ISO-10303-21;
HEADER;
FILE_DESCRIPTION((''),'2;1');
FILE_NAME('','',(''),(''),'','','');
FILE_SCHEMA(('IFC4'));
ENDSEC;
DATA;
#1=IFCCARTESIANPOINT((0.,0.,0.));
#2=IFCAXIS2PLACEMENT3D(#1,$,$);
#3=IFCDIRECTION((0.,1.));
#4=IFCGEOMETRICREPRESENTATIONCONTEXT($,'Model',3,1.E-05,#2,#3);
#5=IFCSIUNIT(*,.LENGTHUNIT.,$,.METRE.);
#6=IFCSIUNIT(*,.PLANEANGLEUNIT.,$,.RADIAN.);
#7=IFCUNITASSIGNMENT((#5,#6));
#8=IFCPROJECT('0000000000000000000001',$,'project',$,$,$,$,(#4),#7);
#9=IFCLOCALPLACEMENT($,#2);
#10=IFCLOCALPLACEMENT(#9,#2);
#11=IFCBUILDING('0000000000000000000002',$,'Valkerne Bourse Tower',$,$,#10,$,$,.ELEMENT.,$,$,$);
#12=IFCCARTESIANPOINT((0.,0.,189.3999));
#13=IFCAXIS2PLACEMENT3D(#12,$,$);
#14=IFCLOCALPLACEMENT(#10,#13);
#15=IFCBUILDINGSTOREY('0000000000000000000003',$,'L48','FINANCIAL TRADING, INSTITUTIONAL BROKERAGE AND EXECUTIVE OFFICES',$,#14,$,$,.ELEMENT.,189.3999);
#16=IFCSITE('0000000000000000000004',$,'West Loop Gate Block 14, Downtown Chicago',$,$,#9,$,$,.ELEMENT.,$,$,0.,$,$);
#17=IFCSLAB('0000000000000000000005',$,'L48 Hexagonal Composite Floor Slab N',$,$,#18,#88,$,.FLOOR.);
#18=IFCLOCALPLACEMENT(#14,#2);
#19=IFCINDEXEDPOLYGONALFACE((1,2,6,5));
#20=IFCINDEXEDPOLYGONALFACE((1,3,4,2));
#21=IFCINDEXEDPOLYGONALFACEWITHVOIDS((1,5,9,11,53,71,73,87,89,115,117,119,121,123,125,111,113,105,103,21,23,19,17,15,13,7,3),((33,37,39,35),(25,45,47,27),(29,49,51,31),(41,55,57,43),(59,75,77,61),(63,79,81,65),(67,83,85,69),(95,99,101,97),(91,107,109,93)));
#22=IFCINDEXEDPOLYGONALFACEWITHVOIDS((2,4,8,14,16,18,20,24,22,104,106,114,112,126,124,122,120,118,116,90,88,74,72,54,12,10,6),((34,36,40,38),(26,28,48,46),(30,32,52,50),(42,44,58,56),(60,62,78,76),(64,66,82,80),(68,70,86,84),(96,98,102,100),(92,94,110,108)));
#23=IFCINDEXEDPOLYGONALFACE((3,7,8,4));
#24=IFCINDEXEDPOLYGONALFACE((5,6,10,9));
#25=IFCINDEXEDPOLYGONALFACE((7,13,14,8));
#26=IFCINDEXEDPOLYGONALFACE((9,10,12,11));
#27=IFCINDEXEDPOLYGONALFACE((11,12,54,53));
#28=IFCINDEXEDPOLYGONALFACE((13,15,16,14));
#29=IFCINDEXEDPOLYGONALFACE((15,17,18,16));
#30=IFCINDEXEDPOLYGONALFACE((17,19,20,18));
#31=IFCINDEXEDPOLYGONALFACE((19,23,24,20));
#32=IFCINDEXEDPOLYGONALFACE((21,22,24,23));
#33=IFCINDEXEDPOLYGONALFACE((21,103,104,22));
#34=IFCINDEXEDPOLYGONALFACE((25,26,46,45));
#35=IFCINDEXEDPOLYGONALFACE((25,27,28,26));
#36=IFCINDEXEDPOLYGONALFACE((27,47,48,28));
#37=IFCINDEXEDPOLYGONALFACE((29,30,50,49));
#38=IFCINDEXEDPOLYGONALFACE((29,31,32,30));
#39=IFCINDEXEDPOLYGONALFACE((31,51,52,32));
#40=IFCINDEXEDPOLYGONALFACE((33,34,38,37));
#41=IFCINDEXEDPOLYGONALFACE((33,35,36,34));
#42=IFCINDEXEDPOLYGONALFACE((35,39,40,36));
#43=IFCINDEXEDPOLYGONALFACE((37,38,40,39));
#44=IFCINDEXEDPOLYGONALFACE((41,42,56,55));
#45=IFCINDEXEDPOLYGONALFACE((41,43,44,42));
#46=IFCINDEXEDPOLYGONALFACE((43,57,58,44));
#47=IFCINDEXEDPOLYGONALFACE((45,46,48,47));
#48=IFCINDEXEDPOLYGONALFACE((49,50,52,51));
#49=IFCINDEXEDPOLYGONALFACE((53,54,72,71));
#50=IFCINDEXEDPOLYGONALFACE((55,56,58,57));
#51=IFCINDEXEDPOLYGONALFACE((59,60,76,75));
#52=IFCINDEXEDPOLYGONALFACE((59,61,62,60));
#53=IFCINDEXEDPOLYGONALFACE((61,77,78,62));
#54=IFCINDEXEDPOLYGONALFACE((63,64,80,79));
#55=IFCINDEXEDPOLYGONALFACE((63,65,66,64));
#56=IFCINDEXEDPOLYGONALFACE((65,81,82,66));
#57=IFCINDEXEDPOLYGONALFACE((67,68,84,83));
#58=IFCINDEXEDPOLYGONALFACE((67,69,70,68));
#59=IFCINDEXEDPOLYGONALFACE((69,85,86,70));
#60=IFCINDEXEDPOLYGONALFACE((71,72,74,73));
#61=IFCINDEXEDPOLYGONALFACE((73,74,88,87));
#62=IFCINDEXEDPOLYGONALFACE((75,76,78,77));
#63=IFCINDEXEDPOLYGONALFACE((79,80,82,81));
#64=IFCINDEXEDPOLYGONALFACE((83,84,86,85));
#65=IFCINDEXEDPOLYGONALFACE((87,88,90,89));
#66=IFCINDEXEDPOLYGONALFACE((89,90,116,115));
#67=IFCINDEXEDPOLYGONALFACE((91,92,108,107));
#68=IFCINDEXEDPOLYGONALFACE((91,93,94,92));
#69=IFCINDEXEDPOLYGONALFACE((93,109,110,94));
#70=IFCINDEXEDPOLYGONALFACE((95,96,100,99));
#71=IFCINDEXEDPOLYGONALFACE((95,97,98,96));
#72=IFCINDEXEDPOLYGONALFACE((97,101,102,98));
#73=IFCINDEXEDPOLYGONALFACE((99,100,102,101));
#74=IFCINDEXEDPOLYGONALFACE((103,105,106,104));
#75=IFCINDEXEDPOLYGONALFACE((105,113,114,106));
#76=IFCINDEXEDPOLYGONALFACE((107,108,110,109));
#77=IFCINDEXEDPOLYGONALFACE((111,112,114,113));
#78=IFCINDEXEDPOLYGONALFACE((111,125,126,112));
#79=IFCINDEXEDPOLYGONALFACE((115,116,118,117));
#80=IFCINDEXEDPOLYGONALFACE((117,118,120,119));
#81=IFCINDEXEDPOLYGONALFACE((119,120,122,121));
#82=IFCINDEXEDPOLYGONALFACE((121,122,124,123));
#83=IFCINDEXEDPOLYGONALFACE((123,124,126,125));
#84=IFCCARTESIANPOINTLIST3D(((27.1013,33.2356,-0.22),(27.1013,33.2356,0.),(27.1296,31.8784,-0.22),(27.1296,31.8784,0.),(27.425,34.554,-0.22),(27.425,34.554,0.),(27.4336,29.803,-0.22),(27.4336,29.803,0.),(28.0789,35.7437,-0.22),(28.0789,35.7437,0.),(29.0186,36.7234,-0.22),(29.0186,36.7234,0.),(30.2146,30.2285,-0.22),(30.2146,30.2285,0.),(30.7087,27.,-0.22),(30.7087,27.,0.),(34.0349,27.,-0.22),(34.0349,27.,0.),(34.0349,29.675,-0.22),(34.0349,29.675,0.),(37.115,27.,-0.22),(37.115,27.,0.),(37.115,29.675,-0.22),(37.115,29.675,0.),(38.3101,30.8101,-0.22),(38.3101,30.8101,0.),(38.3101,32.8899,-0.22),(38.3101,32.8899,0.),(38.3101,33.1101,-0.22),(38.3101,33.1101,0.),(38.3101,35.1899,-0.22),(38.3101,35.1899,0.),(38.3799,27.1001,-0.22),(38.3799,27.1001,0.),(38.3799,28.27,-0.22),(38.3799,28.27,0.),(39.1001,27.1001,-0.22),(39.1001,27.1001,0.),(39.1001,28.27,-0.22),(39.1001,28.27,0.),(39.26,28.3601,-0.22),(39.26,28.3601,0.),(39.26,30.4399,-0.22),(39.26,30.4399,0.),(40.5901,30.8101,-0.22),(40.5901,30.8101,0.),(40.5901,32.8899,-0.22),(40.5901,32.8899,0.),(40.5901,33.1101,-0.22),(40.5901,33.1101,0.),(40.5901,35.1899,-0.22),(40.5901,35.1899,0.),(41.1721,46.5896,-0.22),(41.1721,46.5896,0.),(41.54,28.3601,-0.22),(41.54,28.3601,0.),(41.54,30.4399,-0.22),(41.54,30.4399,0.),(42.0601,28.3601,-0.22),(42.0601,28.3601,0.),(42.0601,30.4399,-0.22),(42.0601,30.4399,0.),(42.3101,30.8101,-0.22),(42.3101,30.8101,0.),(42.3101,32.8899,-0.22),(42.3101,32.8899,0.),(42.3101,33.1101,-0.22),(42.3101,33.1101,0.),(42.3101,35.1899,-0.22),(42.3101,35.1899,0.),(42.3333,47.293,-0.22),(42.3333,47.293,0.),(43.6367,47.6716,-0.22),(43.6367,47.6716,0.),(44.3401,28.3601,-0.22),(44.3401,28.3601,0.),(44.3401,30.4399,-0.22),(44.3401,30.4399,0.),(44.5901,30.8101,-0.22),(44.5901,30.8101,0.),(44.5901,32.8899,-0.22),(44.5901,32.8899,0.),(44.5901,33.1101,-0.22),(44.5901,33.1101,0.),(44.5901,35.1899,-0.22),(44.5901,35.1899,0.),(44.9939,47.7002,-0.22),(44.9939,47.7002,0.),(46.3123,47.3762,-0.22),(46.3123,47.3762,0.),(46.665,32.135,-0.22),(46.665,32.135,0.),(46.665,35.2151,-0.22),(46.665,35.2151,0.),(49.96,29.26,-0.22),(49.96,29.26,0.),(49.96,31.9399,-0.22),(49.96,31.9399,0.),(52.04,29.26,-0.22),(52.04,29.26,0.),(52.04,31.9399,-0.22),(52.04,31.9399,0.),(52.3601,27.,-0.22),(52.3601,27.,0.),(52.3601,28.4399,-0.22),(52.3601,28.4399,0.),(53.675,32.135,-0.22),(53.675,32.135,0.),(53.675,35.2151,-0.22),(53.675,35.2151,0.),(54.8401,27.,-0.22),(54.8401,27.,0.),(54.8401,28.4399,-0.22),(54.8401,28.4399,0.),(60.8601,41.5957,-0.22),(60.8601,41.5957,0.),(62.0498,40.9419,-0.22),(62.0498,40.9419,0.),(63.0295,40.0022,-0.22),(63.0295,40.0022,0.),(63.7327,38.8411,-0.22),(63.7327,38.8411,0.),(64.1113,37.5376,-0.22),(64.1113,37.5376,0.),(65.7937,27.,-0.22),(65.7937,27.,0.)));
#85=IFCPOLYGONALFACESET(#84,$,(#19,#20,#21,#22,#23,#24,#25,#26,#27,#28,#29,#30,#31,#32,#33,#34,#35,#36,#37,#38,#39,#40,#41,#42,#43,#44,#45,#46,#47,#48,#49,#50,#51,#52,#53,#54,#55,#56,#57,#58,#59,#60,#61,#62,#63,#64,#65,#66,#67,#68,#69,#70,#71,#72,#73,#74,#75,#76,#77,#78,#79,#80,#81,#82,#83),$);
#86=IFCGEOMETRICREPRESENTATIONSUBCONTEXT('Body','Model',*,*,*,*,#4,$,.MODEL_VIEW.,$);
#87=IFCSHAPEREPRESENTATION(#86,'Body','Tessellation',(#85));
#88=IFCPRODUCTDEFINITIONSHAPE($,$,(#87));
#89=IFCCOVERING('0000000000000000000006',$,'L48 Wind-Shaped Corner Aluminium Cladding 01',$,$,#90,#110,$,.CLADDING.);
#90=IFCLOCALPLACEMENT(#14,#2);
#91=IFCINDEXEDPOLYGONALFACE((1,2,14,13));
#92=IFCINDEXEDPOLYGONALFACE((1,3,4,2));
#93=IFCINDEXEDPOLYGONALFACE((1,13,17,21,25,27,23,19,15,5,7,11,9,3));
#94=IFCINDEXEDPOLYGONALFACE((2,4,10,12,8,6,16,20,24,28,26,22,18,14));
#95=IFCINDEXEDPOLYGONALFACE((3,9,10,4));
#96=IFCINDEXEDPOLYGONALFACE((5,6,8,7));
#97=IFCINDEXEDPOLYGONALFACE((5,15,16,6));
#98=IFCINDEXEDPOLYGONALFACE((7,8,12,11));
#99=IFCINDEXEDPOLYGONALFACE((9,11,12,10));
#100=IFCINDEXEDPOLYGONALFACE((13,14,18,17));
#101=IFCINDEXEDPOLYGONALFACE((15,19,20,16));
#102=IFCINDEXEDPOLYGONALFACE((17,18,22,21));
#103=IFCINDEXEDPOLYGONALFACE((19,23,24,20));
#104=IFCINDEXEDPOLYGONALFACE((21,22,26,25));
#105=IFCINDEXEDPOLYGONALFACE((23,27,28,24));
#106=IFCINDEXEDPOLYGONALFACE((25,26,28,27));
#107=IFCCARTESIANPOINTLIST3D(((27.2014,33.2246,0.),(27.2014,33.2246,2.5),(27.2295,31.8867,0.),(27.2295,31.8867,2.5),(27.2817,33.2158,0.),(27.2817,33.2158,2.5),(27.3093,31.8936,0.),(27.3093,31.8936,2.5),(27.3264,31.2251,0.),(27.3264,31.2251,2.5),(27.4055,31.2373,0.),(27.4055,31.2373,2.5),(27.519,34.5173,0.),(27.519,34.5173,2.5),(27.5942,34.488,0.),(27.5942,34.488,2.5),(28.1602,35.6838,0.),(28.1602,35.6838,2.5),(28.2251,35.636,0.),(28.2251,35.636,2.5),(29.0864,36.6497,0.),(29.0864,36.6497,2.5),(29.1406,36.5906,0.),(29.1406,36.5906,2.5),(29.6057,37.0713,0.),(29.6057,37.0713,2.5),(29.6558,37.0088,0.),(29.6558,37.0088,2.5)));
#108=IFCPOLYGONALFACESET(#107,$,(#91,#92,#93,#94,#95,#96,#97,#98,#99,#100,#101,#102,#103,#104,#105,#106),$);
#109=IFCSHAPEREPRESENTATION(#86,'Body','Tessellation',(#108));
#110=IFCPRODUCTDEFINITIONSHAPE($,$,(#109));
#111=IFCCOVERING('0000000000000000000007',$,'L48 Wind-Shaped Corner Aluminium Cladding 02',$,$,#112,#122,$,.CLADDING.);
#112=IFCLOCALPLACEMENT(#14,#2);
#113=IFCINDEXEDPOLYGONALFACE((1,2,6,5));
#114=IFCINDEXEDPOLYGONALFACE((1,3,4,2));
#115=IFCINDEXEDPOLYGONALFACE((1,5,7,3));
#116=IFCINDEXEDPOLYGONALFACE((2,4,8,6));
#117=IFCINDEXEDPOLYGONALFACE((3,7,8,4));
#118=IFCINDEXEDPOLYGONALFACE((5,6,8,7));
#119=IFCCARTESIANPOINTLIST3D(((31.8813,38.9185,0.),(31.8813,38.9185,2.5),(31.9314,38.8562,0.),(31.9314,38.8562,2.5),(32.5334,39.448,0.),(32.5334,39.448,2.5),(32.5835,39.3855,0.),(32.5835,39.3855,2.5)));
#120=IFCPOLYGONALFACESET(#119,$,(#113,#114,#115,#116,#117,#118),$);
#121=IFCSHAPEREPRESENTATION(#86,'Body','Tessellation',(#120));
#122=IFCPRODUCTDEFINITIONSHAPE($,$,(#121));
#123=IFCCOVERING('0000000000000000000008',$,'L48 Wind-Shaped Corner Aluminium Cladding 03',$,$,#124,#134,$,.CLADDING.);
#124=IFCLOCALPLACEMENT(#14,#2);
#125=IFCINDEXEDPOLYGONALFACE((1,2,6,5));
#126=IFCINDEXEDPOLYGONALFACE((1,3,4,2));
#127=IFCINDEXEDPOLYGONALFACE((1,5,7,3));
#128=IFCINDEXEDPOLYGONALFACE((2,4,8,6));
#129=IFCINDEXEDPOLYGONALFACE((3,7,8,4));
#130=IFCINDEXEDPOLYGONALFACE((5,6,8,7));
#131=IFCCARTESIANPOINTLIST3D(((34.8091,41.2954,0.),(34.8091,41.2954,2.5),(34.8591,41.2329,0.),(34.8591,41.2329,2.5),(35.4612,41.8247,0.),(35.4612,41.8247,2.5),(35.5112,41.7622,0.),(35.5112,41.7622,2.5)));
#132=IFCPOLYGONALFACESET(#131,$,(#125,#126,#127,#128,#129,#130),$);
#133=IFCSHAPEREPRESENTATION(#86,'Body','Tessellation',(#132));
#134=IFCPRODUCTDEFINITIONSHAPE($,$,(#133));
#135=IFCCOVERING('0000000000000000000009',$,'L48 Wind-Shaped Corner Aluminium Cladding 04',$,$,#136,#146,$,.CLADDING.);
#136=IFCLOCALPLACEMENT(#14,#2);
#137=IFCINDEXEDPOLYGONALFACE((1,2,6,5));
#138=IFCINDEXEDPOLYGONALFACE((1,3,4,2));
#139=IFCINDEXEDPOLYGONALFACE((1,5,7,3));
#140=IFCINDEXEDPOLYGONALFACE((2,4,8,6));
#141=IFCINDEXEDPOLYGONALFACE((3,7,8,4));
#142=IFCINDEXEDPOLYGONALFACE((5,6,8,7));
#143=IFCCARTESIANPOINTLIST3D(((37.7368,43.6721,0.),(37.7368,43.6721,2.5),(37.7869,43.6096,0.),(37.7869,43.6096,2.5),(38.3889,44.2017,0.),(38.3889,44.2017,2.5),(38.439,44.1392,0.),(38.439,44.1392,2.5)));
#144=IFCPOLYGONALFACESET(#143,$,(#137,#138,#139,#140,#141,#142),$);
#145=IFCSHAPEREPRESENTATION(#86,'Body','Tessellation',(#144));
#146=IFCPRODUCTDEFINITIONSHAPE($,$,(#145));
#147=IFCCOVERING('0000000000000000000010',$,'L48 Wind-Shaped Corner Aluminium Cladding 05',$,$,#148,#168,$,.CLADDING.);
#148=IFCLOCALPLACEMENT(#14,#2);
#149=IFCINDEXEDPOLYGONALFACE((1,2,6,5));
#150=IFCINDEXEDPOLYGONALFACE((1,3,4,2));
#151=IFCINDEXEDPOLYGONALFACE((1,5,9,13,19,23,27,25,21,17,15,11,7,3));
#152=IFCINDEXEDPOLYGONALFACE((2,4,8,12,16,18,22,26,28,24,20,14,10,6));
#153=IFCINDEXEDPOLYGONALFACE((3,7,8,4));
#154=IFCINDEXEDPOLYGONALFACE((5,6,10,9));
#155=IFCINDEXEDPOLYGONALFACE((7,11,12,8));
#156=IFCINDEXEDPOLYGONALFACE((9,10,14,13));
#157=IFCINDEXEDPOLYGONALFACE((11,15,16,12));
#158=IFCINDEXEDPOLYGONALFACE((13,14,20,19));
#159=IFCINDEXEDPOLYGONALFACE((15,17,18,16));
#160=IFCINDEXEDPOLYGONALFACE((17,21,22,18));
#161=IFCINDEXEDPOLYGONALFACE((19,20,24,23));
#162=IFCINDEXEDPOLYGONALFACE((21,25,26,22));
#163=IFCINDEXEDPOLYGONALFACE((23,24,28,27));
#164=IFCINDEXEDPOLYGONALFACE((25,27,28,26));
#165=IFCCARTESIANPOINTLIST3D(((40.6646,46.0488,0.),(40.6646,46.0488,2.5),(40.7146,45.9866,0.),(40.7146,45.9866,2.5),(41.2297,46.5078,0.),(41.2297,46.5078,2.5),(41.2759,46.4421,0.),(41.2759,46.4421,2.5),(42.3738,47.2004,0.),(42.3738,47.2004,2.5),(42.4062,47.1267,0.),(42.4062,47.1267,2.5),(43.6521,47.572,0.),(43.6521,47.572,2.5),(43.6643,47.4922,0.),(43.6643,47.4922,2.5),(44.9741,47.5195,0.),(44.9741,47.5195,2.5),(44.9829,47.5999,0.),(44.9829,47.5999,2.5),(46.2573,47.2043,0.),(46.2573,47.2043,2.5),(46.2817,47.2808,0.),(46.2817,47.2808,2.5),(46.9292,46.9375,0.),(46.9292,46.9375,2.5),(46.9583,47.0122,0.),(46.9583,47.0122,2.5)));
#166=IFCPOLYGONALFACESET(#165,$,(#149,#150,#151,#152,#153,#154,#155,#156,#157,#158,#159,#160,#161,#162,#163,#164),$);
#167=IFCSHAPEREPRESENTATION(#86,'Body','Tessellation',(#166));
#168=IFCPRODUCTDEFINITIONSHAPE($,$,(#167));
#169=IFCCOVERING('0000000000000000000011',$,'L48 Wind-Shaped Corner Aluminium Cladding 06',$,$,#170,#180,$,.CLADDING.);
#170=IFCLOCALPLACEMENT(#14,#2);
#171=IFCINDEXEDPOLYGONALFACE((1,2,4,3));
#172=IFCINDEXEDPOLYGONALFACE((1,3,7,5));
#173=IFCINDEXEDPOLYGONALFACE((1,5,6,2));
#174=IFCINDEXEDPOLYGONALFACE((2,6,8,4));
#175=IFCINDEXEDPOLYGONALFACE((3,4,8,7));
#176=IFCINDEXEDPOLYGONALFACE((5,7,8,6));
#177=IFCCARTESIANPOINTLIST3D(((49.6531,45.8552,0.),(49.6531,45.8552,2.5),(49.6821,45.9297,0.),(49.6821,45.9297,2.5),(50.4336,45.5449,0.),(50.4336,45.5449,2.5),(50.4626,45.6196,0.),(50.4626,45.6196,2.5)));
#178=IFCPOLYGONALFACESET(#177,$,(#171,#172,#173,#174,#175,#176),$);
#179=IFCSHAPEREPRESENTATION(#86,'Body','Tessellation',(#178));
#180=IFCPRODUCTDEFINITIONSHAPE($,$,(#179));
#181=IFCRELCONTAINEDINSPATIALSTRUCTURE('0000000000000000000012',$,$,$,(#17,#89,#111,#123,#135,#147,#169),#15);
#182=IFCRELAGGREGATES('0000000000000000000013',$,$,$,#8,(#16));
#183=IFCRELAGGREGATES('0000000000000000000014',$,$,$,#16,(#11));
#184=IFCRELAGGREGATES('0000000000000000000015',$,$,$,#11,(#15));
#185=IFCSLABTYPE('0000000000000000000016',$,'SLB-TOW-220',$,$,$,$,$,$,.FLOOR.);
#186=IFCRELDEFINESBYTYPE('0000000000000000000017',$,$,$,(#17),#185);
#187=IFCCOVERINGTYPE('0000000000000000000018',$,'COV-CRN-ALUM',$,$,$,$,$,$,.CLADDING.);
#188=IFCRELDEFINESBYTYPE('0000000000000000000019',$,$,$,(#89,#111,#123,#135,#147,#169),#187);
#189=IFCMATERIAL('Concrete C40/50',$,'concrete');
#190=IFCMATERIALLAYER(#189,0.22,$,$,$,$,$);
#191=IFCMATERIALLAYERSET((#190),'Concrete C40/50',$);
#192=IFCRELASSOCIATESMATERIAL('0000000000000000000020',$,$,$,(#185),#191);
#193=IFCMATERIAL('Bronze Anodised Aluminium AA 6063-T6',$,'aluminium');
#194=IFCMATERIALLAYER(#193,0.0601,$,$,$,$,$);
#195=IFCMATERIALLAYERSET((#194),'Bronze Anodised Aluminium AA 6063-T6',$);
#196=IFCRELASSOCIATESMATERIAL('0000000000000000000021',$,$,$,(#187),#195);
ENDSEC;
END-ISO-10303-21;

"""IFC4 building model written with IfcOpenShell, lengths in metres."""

from ifc_helpers import new_model, si_unit, direction, frame, origin, place, context, subcontext, project, spatial, polyline, outline, extrude, material, layer, layer_set, type_object, element, save


model = new_model("IFC4")

# Units and contexts
model_context = context("Model", 3, precision=1e-05, world=origin(), true_north=direction((0.0, 1.0)))
body_context = subcontext(model_context, "Body", "Model", "MODEL_VIEW")
ifc_project = project(units=[si_unit("LENGTHUNIT", "METRE"), si_unit("PLANEANGLEUNIT", "RADIAN")], contexts=[model_context])

# Site, building, storey
site_placement = place(None, origin())
site = spatial("IfcSite", under=ifc_project, at=site_placement, Name="West Loop Gate Block 14, Downtown Chicago", CompositionType="ELEMENT", RefElevation=0.0)
building_placement = place(site_placement, origin())
building = spatial("IfcBuilding", under=site, at=building_placement, Name="Valkerne Bourse Tower", CompositionType="ELEMENT")
storey_placement = place(building_placement, frame((0.0, 0.0, 189.3999)))
storey = spatial("IfcBuildingStorey", under=building, at=storey_placement, Name="L48", Description="FINANCIAL TRADING, INSTITUTIONAL BROKERAGE AND EXECUTIVE OFFICES", CompositionType="ELEMENT", Elevation=189.3999)

# Slab
ifc_material_1 = material(Name="Concrete C40/50", Category="concrete")
ifc_layer_1 = layer(ifc_material_1, 0.22)
ifc_layer_set_1 = layer_set([ifc_layer_1], Name="Concrete C40/50")
slab_type_1 = type_object("IfcSlabType", Name="SLB-TOW-220", PredefinedType="FLOOR", material=ifc_layer_set_1)
slab_1_placement = place(storey_placement, frame((0.0, 0.0, -0.22)))
element("IfcSlab", 1, at=slab_1_placement, inside=storey, type_object=slab_type_1, Name="L48 Hexagonal Composite Floor Slab N", PredefinedType="FLOOR", context=body_context, shape_type="SweptSolid", body=[
    extrude(outline(polyline([(27.425, 34.554), (28.0789, 35.7437), (29.0186, 36.7234), (41.1721, 46.5896), (42.3333, 47.293), (43.6367, 47.6716), (44.9939, 47.7002), (46.3123, 47.3762), (60.8601, 41.5957), (62.0498, 40.9419), (63.0295, 40.0022), (63.7327, 38.8411), (64.1113, 37.5376), (65.7937, 27.0), (54.8401, 27.0), (54.8401, 28.4399), (52.3601, 28.4399), (52.3601, 27.0), (37.115, 27.0), (37.115, 29.675), (34.0349, 29.675), (34.0349, 27.0), (30.7087, 27.0), (30.2146, 30.2285), (27.4336, 29.803), (27.1296, 31.8784), (27.1013, 33.2356), (27.425, 34.554)]), holes=[polyline([(39.1001, 28.27), (38.3799, 28.27), (38.3799, 27.1001), (39.1001, 27.1001), (39.1001, 28.27)]), polyline([(41.54, 30.4399), (39.26, 30.4399), (39.26, 28.3601), (41.54, 28.3601), (41.54, 30.4399)]), polyline([(40.5901, 32.8899), (38.3101, 32.8899), (38.3101, 30.8101), (40.5901, 30.8101), (40.5901, 32.8899)]), polyline([(40.5901, 35.1899), (38.3101, 35.1899), (38.3101, 33.1101), (40.5901, 33.1101), (40.5901, 35.1899)]), polyline([(44.3401, 30.4399), (42.0601, 30.4399), (42.0601, 28.3601), (44.3401, 28.3601), (44.3401, 30.4399)]), polyline([(52.04, 31.9399), (49.96, 31.9399), (49.96, 29.26), (52.04, 29.26), (52.04, 31.9399)]), polyline([(44.5901, 32.8899), (42.3101, 32.8899), (42.3101, 30.8101), (44.5901, 30.8101), (44.5901, 32.8899)]), polyline([(53.675, 35.2151), (46.665, 35.2151), (46.665, 32.135), (53.675, 32.135), (53.675, 35.2151)]), polyline([(44.5901, 35.1899), (42.3101, 35.1899), (42.3101, 33.1101), (44.5901, 33.1101), (44.5901, 35.1899)])]), origin(), (0.0, 0.0, 1.0), 0.22),
])

# Coverings
ifc_material_2 = material(Name="Bronze Anodised Aluminium AA 6063-T6", Category="aluminium")
ifc_layer_2 = layer(ifc_material_2, 0.0601)
ifc_layer_set_2 = layer_set([ifc_layer_2], Name="Bronze Anodised Aluminium AA 6063-T6")
covering_type = type_object("IfcCoveringType", Name="COV-CRN-ALUM", PredefinedType="CLADDING", material=ifc_layer_set_2)
covering_1_placement = place(storey_placement, origin())
element("IfcCovering", 2, at=covering_1_placement, inside=storey, type_object=covering_type, Name="L48 Wind-Shaped Corner Aluminium Cladding 01", PredefinedType="CLADDING", context=body_context, shape_type="SweptSolid", body=[
    extrude(outline(polyline([(27.519, 34.5173), (28.1602, 35.6838), (29.0864, 36.6497), (29.6057, 37.0713), (29.6558, 37.0088), (29.1406, 36.5906), (28.2251, 35.636), (27.5942, 34.488), (27.2817, 33.2158), (27.3093, 31.8936), (27.4055, 31.2373), (27.3264, 31.2251), (27.2295, 31.8867), (27.2014, 33.2246), (27.519, 34.5173)])), origin(), (0.0, 0.0, 1.0), 2.5),
])
covering_2_placement = place(storey_placement, origin())
element("IfcCovering", 3, at=covering_2_placement, inside=storey, type_object=covering_type, Name="L48 Wind-Shaped Corner Aluminium Cladding 02", PredefinedType="CLADDING", context=body_context, shape_type="SweptSolid", body=[
    extrude(outline(polyline([(32.5334, 39.448), (32.5835, 39.3855), (31.9314, 38.8562), (31.8813, 38.9185), (32.5334, 39.448)])), origin(), (0.0, 0.0, 1.0), 2.5),
])
covering_3_placement = place(storey_placement, origin())
element("IfcCovering", 4, at=covering_3_placement, inside=storey, type_object=covering_type, Name="L48 Wind-Shaped Corner Aluminium Cladding 03", PredefinedType="CLADDING", context=body_context, shape_type="SweptSolid", body=[
    extrude(outline(polyline([(35.4612, 41.8247), (35.5112, 41.7622), (34.8591, 41.2329), (34.8091, 41.2954), (35.4612, 41.8247)])), origin(), (0.0, 0.0, 1.0), 2.5),
])
covering_4_placement = place(storey_placement, origin())
element("IfcCovering", 5, at=covering_4_placement, inside=storey, type_object=covering_type, Name="L48 Wind-Shaped Corner Aluminium Cladding 04", PredefinedType="CLADDING", context=body_context, shape_type="SweptSolid", body=[
    extrude(outline(polyline([(38.3889, 44.2017), (38.439, 44.1392), (37.7869, 43.6096), (37.7368, 43.6721), (38.3889, 44.2017)])), origin(), (0.0, 0.0, 1.0), 2.5),
])
covering_5_placement = place(storey_placement, origin())
element("IfcCovering", 6, at=covering_5_placement, inside=storey, type_object=covering_type, Name="L48 Wind-Shaped Corner Aluminium Cladding 05", PredefinedType="CLADDING", context=body_context, shape_type="SweptSolid", body=[
    extrude(outline(polyline([(41.2297, 46.5078), (42.3738, 47.2004), (43.6521, 47.572), (44.9829, 47.5999), (46.2817, 47.2808), (46.9583, 47.0122), (46.9292, 46.9375), (46.2573, 47.2043), (44.9741, 47.5195), (43.6643, 47.4922), (42.4062, 47.1267), (41.2759, 46.4421), (40.7146, 45.9866), (40.6646, 46.0488), (41.2297, 46.5078)])), origin(), (0.0, 0.0, 1.0), 2.5),
])
covering_6_placement = place(storey_placement, origin())
element("IfcCovering", 7, at=covering_6_placement, inside=storey, type_object=covering_type, Name="L48 Wind-Shaped Corner Aluminium Cladding 06", PredefinedType="CLADDING", context=body_context, shape_type="SweptSolid", body=[
    extrude(outline(polyline([(50.4626, 45.6196), (50.4336, 45.5449), (49.6531, 45.8552), (49.6821, 45.9297), (50.4626, 45.6196)])), origin(), (0.0, 0.0, 1.0), 2.5),
])

save(model, "model.ifc")
